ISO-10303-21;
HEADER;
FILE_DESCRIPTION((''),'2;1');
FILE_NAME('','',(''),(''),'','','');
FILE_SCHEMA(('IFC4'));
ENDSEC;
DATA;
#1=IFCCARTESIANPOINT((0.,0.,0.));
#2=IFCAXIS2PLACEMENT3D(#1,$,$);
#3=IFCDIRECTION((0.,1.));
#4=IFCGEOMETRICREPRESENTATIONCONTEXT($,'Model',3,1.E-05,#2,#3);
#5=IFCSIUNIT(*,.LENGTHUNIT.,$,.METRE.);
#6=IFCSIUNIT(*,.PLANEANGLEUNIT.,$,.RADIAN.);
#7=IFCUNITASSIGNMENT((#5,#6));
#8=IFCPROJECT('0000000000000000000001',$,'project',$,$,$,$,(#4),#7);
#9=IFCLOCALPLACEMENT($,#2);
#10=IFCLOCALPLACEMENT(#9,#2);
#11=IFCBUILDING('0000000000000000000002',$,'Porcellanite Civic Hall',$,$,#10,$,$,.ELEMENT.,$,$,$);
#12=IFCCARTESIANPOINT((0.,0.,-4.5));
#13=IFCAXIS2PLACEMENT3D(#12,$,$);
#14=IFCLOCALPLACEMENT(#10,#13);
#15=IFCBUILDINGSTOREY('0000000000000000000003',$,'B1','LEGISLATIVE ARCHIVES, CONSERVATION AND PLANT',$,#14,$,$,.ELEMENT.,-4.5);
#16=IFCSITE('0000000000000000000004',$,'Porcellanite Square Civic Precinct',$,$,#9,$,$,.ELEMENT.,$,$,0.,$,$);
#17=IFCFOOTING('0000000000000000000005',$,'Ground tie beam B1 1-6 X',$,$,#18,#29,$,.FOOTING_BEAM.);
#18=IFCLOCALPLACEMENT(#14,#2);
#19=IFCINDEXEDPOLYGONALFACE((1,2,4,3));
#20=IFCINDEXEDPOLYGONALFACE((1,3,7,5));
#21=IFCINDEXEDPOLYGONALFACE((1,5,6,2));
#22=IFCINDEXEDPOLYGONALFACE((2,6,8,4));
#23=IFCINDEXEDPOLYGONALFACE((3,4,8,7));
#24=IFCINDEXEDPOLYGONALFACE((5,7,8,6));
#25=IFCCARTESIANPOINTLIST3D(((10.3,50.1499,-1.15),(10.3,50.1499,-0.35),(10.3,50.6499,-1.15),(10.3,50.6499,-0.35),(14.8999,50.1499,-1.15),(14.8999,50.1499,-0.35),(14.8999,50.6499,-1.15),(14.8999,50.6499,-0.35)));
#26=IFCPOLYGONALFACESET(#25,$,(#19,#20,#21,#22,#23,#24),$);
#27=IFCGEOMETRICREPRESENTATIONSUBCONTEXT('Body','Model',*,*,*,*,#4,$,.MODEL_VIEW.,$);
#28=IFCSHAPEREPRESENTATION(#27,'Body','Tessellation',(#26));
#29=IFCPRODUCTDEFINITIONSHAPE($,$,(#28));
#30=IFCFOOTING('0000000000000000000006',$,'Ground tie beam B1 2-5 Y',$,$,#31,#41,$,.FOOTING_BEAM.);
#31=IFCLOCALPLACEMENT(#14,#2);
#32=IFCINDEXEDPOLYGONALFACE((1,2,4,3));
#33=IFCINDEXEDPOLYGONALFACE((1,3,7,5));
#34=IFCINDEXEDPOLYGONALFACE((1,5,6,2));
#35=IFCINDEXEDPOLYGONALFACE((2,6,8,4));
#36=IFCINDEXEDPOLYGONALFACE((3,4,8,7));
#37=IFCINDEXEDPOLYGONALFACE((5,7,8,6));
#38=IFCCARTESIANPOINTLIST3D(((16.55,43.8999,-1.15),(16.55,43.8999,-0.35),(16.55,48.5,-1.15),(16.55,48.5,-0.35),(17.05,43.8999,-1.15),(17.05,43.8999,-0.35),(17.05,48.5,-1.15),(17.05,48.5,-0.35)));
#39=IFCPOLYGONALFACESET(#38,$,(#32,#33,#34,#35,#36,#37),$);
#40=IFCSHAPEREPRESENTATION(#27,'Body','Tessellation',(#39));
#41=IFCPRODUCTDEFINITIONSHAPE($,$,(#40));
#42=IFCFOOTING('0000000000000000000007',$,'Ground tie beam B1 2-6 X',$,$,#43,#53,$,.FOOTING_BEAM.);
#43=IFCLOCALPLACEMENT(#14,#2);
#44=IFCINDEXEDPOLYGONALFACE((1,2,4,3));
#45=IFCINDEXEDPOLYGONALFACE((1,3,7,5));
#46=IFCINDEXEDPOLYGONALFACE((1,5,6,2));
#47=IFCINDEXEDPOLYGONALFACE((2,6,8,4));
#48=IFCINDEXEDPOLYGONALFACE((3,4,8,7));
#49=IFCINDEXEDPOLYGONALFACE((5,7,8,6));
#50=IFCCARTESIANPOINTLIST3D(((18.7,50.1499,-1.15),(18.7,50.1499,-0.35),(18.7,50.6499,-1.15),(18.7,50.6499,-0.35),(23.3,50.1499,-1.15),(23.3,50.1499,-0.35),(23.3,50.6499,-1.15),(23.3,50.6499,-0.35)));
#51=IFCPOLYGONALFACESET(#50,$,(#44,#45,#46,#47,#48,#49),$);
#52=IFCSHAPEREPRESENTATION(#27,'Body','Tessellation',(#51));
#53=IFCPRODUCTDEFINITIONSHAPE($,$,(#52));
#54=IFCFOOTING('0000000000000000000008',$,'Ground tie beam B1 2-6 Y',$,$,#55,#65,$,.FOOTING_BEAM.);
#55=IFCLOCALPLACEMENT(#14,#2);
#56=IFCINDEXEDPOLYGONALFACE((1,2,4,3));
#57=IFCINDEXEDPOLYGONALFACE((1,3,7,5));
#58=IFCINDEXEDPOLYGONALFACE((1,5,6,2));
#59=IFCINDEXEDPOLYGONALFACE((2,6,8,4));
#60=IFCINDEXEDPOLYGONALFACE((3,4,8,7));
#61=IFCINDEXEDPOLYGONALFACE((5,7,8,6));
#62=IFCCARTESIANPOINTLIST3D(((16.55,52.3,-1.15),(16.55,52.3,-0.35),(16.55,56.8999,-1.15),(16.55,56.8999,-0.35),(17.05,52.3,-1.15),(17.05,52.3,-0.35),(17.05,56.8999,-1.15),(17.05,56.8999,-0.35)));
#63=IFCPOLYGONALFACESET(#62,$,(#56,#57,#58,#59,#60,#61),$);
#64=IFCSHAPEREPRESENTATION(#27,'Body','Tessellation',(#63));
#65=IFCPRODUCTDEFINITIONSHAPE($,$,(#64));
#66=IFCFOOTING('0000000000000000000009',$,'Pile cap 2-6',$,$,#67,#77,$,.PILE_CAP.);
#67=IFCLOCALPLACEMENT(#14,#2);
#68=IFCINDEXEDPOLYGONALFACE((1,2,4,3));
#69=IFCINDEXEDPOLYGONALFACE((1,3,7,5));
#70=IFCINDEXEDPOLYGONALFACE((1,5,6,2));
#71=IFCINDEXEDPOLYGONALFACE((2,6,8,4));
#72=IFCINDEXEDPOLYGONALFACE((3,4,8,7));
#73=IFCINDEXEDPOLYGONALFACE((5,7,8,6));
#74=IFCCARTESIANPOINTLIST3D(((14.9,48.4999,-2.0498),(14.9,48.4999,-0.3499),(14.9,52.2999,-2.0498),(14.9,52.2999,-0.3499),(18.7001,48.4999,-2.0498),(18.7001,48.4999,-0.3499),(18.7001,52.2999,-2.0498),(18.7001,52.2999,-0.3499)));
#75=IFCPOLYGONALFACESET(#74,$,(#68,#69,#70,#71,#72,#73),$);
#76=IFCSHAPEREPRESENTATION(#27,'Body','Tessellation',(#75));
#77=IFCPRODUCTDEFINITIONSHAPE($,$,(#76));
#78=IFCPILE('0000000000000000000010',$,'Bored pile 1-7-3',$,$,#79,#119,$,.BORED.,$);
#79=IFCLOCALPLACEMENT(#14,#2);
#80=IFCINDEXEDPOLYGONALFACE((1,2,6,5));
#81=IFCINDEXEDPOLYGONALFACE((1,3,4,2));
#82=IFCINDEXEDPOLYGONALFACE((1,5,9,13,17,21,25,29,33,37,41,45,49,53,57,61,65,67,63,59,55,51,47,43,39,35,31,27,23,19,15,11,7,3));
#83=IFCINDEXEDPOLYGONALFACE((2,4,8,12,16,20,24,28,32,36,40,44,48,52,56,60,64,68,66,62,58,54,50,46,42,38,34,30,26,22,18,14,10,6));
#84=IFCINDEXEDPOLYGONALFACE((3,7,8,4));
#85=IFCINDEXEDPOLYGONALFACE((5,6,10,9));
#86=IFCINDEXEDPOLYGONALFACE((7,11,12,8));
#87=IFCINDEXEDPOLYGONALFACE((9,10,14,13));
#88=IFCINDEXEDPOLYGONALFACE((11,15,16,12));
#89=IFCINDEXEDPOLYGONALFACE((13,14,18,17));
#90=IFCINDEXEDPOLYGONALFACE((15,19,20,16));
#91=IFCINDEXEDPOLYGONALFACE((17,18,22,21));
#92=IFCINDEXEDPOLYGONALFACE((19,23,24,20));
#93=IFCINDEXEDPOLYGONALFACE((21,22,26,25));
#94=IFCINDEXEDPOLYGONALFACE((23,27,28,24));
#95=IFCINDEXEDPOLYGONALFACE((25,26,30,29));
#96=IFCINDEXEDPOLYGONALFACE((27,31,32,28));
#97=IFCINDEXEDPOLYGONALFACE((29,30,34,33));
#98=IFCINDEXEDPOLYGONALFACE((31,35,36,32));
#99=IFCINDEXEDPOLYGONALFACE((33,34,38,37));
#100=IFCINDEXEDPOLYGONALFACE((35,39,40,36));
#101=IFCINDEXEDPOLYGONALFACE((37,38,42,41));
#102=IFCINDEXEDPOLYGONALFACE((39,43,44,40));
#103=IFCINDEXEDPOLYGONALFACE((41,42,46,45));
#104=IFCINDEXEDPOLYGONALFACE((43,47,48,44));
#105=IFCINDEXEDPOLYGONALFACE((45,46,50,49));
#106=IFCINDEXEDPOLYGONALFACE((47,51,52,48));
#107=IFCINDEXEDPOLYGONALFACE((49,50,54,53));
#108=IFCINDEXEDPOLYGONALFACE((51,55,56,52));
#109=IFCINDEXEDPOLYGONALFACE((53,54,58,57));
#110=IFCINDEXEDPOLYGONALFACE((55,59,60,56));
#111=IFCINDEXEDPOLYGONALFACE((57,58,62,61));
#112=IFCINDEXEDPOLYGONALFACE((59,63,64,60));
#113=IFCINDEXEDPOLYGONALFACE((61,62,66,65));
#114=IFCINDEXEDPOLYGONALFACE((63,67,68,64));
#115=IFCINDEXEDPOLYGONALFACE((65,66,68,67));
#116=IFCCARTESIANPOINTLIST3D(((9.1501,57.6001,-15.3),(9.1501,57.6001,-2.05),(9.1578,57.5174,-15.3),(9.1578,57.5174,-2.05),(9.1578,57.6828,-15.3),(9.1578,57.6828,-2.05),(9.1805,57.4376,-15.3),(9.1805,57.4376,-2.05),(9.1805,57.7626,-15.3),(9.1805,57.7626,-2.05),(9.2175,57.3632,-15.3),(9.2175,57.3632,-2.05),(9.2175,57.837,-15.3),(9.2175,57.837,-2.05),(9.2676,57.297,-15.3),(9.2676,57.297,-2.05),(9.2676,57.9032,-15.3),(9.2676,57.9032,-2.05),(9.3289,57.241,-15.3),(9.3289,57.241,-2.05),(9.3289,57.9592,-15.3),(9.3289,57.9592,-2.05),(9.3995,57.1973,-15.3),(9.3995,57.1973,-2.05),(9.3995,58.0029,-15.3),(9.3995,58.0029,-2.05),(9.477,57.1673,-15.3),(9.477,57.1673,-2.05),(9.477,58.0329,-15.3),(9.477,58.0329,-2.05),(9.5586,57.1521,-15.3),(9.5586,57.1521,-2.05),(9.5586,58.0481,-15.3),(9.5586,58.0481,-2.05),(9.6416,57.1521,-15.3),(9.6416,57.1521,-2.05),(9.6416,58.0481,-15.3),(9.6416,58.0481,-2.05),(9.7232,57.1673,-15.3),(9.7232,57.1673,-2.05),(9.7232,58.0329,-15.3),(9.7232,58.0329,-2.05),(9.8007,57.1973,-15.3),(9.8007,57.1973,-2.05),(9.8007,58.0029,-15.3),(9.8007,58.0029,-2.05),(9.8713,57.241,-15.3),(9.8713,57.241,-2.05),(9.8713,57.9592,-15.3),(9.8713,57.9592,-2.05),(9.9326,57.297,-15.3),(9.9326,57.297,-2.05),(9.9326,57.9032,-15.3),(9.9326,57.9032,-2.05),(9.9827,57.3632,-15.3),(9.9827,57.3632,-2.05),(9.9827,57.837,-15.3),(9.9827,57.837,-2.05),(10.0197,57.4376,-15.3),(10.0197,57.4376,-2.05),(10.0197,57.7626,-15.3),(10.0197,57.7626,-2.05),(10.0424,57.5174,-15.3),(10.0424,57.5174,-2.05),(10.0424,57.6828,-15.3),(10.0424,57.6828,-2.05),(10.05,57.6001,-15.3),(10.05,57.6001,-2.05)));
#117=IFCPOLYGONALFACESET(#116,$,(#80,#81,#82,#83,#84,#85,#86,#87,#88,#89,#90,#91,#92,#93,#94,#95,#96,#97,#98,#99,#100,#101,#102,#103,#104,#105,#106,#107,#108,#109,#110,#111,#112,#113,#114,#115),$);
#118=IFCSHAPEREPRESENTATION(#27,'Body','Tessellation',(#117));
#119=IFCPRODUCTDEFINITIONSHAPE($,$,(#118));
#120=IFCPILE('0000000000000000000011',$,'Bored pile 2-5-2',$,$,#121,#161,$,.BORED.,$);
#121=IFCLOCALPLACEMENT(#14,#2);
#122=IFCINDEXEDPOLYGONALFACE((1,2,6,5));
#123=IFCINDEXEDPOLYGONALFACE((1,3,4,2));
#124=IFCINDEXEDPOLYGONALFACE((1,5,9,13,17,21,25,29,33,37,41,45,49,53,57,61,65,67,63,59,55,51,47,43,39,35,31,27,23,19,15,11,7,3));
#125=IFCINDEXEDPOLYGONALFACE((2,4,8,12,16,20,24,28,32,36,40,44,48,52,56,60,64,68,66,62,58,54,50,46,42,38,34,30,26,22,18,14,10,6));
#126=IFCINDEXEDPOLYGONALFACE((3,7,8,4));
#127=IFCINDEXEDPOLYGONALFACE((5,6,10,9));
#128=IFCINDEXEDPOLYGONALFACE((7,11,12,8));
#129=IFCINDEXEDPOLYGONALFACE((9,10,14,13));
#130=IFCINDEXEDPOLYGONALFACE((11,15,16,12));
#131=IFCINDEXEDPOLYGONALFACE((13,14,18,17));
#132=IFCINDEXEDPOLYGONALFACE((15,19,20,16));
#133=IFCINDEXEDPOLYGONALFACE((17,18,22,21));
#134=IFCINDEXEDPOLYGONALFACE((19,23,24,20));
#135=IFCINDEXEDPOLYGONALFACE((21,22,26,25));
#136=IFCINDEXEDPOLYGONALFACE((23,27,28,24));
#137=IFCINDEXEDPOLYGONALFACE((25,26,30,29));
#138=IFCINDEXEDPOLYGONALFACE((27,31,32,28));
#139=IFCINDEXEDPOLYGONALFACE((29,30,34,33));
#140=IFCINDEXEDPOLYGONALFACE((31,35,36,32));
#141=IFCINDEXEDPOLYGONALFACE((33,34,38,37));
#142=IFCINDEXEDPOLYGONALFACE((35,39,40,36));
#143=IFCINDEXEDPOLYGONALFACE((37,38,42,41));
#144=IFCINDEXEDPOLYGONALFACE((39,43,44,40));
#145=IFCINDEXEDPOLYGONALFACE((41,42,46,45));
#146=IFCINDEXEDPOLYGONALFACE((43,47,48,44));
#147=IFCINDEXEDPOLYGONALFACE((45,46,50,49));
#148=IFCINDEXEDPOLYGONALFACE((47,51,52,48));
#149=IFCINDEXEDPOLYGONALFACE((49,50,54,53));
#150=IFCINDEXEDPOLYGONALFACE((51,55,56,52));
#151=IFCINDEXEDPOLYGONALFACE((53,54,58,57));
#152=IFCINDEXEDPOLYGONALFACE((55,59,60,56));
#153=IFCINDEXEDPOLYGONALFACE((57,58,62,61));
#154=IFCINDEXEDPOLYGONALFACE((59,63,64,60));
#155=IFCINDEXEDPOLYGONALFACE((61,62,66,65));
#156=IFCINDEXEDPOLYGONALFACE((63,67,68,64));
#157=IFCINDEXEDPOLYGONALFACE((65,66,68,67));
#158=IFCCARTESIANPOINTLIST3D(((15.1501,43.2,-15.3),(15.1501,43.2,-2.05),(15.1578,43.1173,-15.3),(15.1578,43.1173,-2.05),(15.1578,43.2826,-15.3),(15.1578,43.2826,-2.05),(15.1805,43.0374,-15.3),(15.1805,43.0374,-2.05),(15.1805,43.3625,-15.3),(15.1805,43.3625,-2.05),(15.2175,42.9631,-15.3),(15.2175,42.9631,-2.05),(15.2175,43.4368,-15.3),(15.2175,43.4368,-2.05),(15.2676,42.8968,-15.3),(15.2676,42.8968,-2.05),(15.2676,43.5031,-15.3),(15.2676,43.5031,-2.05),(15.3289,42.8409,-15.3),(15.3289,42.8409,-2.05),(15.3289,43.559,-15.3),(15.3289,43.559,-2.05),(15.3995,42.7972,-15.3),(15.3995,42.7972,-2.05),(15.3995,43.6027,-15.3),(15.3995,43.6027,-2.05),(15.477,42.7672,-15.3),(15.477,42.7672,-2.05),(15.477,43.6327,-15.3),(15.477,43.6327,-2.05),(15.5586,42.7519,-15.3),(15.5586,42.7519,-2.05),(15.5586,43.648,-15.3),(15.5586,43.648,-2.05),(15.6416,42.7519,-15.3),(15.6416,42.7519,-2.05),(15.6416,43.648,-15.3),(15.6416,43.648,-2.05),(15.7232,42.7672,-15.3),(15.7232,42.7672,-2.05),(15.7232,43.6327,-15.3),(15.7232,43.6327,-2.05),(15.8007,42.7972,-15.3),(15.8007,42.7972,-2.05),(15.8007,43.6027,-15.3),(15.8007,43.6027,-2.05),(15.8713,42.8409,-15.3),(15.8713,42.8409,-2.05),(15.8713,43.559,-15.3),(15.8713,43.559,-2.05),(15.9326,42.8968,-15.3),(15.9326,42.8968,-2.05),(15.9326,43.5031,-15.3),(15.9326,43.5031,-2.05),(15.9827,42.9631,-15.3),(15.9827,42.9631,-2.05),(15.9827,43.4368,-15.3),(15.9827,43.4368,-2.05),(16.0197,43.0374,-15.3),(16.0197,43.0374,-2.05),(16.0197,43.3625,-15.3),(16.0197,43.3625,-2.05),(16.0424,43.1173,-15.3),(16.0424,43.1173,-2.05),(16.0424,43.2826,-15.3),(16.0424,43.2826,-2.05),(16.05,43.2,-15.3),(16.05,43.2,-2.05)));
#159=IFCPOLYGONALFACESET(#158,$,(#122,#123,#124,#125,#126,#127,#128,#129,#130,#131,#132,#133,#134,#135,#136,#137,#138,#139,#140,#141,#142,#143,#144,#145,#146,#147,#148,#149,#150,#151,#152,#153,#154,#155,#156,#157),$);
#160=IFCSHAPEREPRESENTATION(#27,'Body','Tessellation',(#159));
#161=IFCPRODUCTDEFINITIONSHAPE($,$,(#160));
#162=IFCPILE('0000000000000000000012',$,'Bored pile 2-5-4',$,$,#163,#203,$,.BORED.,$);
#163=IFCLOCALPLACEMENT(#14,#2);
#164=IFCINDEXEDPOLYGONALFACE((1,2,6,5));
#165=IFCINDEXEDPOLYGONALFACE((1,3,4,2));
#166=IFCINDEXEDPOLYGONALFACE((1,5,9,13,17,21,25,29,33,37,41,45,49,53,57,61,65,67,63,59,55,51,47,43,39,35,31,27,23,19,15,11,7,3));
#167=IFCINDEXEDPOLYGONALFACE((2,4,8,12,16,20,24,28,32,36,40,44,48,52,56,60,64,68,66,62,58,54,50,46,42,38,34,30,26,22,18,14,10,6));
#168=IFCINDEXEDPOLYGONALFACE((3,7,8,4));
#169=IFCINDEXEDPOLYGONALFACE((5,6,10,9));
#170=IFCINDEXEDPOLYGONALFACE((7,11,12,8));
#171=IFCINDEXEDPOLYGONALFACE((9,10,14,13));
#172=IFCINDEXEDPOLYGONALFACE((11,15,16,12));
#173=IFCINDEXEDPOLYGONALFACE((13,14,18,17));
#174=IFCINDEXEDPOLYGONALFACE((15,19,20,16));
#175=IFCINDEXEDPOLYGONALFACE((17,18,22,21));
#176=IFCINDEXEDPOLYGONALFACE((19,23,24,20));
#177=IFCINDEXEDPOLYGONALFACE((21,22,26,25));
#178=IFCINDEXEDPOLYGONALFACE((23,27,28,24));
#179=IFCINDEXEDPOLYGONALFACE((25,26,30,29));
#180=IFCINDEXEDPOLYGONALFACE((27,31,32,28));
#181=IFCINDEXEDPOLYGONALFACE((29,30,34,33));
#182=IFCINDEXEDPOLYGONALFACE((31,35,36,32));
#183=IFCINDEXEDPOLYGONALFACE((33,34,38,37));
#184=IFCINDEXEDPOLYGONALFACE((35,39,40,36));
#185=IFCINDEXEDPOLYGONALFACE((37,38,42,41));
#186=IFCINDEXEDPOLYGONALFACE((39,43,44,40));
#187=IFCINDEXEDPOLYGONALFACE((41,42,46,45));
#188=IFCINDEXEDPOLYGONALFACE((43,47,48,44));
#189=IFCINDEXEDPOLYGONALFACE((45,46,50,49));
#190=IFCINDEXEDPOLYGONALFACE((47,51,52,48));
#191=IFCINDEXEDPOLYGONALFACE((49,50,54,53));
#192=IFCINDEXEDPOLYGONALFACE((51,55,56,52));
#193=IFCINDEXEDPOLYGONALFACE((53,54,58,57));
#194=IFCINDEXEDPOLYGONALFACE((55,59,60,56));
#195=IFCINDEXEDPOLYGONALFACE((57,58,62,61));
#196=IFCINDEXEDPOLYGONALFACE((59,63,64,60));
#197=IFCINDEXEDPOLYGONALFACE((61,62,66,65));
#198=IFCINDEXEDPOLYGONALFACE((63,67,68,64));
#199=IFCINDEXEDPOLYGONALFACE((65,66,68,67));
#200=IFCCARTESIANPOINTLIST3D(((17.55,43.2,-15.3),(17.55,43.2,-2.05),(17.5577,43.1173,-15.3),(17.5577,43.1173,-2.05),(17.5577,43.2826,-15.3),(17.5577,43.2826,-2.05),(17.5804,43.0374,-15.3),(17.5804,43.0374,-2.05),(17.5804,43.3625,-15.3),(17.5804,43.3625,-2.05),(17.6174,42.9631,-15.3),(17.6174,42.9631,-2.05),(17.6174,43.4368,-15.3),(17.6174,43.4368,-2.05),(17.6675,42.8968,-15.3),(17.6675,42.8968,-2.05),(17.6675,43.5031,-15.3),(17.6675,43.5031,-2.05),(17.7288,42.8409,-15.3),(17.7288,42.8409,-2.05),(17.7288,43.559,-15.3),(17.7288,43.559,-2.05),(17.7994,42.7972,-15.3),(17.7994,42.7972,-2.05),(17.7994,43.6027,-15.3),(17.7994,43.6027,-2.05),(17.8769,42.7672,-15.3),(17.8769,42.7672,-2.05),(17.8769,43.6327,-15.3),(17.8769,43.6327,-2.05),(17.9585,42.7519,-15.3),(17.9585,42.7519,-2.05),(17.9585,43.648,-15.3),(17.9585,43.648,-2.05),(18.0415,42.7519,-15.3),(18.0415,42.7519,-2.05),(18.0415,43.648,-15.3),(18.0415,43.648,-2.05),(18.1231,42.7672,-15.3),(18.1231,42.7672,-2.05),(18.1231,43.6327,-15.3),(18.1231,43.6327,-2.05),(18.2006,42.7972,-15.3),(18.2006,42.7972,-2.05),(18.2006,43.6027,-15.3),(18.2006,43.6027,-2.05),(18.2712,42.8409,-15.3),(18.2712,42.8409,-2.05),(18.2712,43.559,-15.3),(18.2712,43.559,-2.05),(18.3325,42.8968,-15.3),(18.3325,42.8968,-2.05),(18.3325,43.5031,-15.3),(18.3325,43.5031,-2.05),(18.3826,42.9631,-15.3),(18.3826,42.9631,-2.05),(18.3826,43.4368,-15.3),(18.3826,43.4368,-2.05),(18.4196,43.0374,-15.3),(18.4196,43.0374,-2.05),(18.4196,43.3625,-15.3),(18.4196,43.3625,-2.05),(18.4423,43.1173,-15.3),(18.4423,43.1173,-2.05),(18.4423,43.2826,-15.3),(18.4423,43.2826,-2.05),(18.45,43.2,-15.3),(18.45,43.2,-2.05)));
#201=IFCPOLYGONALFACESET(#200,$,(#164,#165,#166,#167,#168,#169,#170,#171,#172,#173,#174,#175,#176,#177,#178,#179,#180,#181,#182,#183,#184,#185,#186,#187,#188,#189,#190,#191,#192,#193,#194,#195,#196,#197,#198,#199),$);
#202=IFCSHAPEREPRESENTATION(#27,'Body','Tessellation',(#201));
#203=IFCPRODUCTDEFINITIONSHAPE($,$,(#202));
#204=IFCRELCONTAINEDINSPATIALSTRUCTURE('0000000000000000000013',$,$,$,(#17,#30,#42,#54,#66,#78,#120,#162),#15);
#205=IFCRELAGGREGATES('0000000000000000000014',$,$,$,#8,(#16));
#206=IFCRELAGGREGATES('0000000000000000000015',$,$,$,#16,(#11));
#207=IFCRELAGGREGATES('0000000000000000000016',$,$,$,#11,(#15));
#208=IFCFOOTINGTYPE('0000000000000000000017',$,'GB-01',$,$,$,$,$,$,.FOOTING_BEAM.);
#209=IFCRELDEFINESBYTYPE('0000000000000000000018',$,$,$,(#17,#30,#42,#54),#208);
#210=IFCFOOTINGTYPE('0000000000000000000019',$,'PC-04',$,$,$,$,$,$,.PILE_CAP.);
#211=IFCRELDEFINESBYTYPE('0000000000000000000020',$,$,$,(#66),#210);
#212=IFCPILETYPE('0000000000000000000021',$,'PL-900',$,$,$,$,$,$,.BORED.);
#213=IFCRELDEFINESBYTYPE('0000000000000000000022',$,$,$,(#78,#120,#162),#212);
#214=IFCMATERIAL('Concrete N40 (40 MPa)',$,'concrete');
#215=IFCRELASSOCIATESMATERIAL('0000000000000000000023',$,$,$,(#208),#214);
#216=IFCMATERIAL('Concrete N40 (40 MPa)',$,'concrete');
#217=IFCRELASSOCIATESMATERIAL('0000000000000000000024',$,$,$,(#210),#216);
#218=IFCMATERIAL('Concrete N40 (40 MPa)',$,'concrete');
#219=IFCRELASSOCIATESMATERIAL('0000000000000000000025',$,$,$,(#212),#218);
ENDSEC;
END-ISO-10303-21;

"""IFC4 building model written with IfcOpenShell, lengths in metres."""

from ifc_helpers import new_model, si_unit, direction, frame, origin, origin_2d, place, context, subcontext, project, spatial, rectangle, circle, extrude, material, material_profile, profile_set, type_object, element, save


model = new_model("IFC4")

# Units and contexts
model_context = context("Model", 3, precision=1e-05, world=origin(), true_north=direction((0.0, 1.0)))
body_context = subcontext(model_context, "Body", "Model", "MODEL_VIEW")
ifc_project = project(units=[si_unit("LENGTHUNIT", "METRE"), si_unit("PLANEANGLEUNIT", "RADIAN")], contexts=[model_context])

# Site, building, storey
site_placement = place(None, origin())
site = spatial("IfcSite", under=ifc_project, at=site_placement, Name="Porcellanite Square Civic Precinct", CompositionType="ELEMENT", RefElevation=0.0)
building_placement = place(site_placement, origin())
building = spatial("IfcBuilding", under=site, at=building_placement, Name="Porcellanite Civic Hall", CompositionType="ELEMENT")
storey_placement = place(building_placement, frame((0.0, 0.0, -4.5)))
storey = spatial("IfcBuildingStorey", under=building, at=storey_placement, Name="B1", Description="LEGISLATIVE ARCHIVES, CONSERVATION AND PLANT", CompositionType="ELEMENT", Elevation=-4.5)

# Footings
ifc_material_1 = material(Name="Concrete N40 (40 MPa)", Category="concrete")
ifc_material_profile_1 = material_profile(ifc_material_1, rectangle(XDim=0.5, YDim=0.8, at=origin_2d()), Name="RC-500x800")
ifc_profile_set_1 = profile_set([ifc_material_profile_1], Name="Concrete N40 (40 MPa)")
footing_type_1 = type_object("IfcFootingType", Name="GB-01", PredefinedType="FOOTING_BEAM", material=ifc_profile_set_1)
footing_1_placement = place(storey_placement, frame((10.3, 50.3999, -0.75), z_axis=(1.0, 0.0, 0.0), x_axis=(0.0, 1.0, 0.0)))
element("IfcFooting", 1, at=footing_1_placement, inside=storey, type_object=footing_type_1, Name="Ground tie beam B1 1-6 X", PredefinedType="FOOTING_BEAM", context=body_context, shape_type="SweptSolid", body=[
    extrude(rectangle(XDim=0.5, YDim=0.8, at=origin_2d()), origin(), (0.0, 0.0, 1.0), 4.5999),
])
for number, where, z_axis, x_axis, name in (
    (2, (16.8, 43.8999, -0.75), (0.0, 1.0, 0.0), (-1.0, 0.0, 0.0), "Ground tie beam B1 2-5 Y"),
    (3, (18.7, 50.3999, -0.75), (1.0, 0.0, 0.0), (0.0, 1.0, 0.0), "Ground tie beam B1 2-6 X"),
):
    element("IfcFooting", number, at=place(storey_placement, frame(where, z_axis=z_axis, x_axis=x_axis)), inside=storey, type_object=footing_type_1, Name=name, PredefinedType="FOOTING_BEAM", context=body_context, shape_type="SweptSolid", body=[
        extrude(rectangle(XDim=0.5, YDim=0.8, at=origin_2d()), origin(), (0.0, 0.0, 1.0), 4.6001),
    ])
footing_2_placement = place(storey_placement, frame((16.8, 52.3, -0.75), z_axis=(0.0, 1.0, 0.0), x_axis=(-1.0, 0.0, 0.0)))
element("IfcFooting", 4, at=footing_2_placement, inside=storey, type_object=footing_type_1, Name="Ground tie beam B1 2-6 Y", PredefinedType="FOOTING_BEAM", context=body_context, shape_type="SweptSolid", body=[
    extrude(rectangle(XDim=0.5, YDim=0.8, at=origin_2d()), origin(), (0.0, 0.0, 1.0), 4.5999),
])
ifc_material_2 = material(Name="Concrete N40 (40 MPa)", Category="concrete")
footing_type_2 = type_object("IfcFootingType", Name="PC-04", PredefinedType="PILE_CAP", material=ifc_material_2)
footing_3_placement = place(storey_placement, frame((16.8, 50.3999, -2.0498), z_axis=(0.0, 0.0, 1.0), x_axis=(1.0, 0.0, 0.0)))
element("IfcFooting", 5, at=footing_3_placement, inside=storey, type_object=footing_type_2, Name="Pile cap 2-6", PredefinedType="PILE_CAP", context=body_context, shape_type="SweptSolid", body=[
    extrude(rectangle(XDim=3.8, YDim=3.8, at=origin_2d()), origin(), (0.0, 0.0, 1.0), 1.7),
])

# Piles
ifc_material_3 = material(Name="Concrete N40 (40 MPa)", Category="concrete")
ifc_material_profile_2 = material_profile(ifc_material_3, circle(Radius=0.45, at=origin_2d()), Name="PILE-D900")
ifc_profile_set_2 = profile_set([ifc_material_profile_2], Name="Concrete N40 (40 MPa)")
pile_type = type_object("IfcPileType", Name="PL-900", PredefinedType="BORED", material=ifc_profile_set_2)
for number, where, z_axis, x_axis, name in (
    (6, (9.6001, 57.6001, -2.05), (0.0, 0.0, -1.0), (1.0, 0.0, 0.0), "Bored pile 1-7-3"),
    (7, (15.6001, 43.2, -2.05), (0.0, 0.0, -1.0), (1.0, 0.0, 0.0), "Bored pile 2-5-2"),
    (8, (18.0, 43.2, -2.05), (0.0, 0.0, -1.0), (1.0, 0.0, 0.0), "Bored pile 2-5-4"),
):
    element("IfcPile", number, at=place(storey_placement, frame(where, z_axis=z_axis, x_axis=x_axis)), inside=storey, type_object=pile_type, Name=name, PredefinedType="BORED", context=body_context, shape_type="SweptSolid", body=[
        extrude(circle(Radius=0.45, at=origin_2d()), origin(), (0.0, 0.0, 1.0), 13.25),
    ])

save(model, "model.ifc")
